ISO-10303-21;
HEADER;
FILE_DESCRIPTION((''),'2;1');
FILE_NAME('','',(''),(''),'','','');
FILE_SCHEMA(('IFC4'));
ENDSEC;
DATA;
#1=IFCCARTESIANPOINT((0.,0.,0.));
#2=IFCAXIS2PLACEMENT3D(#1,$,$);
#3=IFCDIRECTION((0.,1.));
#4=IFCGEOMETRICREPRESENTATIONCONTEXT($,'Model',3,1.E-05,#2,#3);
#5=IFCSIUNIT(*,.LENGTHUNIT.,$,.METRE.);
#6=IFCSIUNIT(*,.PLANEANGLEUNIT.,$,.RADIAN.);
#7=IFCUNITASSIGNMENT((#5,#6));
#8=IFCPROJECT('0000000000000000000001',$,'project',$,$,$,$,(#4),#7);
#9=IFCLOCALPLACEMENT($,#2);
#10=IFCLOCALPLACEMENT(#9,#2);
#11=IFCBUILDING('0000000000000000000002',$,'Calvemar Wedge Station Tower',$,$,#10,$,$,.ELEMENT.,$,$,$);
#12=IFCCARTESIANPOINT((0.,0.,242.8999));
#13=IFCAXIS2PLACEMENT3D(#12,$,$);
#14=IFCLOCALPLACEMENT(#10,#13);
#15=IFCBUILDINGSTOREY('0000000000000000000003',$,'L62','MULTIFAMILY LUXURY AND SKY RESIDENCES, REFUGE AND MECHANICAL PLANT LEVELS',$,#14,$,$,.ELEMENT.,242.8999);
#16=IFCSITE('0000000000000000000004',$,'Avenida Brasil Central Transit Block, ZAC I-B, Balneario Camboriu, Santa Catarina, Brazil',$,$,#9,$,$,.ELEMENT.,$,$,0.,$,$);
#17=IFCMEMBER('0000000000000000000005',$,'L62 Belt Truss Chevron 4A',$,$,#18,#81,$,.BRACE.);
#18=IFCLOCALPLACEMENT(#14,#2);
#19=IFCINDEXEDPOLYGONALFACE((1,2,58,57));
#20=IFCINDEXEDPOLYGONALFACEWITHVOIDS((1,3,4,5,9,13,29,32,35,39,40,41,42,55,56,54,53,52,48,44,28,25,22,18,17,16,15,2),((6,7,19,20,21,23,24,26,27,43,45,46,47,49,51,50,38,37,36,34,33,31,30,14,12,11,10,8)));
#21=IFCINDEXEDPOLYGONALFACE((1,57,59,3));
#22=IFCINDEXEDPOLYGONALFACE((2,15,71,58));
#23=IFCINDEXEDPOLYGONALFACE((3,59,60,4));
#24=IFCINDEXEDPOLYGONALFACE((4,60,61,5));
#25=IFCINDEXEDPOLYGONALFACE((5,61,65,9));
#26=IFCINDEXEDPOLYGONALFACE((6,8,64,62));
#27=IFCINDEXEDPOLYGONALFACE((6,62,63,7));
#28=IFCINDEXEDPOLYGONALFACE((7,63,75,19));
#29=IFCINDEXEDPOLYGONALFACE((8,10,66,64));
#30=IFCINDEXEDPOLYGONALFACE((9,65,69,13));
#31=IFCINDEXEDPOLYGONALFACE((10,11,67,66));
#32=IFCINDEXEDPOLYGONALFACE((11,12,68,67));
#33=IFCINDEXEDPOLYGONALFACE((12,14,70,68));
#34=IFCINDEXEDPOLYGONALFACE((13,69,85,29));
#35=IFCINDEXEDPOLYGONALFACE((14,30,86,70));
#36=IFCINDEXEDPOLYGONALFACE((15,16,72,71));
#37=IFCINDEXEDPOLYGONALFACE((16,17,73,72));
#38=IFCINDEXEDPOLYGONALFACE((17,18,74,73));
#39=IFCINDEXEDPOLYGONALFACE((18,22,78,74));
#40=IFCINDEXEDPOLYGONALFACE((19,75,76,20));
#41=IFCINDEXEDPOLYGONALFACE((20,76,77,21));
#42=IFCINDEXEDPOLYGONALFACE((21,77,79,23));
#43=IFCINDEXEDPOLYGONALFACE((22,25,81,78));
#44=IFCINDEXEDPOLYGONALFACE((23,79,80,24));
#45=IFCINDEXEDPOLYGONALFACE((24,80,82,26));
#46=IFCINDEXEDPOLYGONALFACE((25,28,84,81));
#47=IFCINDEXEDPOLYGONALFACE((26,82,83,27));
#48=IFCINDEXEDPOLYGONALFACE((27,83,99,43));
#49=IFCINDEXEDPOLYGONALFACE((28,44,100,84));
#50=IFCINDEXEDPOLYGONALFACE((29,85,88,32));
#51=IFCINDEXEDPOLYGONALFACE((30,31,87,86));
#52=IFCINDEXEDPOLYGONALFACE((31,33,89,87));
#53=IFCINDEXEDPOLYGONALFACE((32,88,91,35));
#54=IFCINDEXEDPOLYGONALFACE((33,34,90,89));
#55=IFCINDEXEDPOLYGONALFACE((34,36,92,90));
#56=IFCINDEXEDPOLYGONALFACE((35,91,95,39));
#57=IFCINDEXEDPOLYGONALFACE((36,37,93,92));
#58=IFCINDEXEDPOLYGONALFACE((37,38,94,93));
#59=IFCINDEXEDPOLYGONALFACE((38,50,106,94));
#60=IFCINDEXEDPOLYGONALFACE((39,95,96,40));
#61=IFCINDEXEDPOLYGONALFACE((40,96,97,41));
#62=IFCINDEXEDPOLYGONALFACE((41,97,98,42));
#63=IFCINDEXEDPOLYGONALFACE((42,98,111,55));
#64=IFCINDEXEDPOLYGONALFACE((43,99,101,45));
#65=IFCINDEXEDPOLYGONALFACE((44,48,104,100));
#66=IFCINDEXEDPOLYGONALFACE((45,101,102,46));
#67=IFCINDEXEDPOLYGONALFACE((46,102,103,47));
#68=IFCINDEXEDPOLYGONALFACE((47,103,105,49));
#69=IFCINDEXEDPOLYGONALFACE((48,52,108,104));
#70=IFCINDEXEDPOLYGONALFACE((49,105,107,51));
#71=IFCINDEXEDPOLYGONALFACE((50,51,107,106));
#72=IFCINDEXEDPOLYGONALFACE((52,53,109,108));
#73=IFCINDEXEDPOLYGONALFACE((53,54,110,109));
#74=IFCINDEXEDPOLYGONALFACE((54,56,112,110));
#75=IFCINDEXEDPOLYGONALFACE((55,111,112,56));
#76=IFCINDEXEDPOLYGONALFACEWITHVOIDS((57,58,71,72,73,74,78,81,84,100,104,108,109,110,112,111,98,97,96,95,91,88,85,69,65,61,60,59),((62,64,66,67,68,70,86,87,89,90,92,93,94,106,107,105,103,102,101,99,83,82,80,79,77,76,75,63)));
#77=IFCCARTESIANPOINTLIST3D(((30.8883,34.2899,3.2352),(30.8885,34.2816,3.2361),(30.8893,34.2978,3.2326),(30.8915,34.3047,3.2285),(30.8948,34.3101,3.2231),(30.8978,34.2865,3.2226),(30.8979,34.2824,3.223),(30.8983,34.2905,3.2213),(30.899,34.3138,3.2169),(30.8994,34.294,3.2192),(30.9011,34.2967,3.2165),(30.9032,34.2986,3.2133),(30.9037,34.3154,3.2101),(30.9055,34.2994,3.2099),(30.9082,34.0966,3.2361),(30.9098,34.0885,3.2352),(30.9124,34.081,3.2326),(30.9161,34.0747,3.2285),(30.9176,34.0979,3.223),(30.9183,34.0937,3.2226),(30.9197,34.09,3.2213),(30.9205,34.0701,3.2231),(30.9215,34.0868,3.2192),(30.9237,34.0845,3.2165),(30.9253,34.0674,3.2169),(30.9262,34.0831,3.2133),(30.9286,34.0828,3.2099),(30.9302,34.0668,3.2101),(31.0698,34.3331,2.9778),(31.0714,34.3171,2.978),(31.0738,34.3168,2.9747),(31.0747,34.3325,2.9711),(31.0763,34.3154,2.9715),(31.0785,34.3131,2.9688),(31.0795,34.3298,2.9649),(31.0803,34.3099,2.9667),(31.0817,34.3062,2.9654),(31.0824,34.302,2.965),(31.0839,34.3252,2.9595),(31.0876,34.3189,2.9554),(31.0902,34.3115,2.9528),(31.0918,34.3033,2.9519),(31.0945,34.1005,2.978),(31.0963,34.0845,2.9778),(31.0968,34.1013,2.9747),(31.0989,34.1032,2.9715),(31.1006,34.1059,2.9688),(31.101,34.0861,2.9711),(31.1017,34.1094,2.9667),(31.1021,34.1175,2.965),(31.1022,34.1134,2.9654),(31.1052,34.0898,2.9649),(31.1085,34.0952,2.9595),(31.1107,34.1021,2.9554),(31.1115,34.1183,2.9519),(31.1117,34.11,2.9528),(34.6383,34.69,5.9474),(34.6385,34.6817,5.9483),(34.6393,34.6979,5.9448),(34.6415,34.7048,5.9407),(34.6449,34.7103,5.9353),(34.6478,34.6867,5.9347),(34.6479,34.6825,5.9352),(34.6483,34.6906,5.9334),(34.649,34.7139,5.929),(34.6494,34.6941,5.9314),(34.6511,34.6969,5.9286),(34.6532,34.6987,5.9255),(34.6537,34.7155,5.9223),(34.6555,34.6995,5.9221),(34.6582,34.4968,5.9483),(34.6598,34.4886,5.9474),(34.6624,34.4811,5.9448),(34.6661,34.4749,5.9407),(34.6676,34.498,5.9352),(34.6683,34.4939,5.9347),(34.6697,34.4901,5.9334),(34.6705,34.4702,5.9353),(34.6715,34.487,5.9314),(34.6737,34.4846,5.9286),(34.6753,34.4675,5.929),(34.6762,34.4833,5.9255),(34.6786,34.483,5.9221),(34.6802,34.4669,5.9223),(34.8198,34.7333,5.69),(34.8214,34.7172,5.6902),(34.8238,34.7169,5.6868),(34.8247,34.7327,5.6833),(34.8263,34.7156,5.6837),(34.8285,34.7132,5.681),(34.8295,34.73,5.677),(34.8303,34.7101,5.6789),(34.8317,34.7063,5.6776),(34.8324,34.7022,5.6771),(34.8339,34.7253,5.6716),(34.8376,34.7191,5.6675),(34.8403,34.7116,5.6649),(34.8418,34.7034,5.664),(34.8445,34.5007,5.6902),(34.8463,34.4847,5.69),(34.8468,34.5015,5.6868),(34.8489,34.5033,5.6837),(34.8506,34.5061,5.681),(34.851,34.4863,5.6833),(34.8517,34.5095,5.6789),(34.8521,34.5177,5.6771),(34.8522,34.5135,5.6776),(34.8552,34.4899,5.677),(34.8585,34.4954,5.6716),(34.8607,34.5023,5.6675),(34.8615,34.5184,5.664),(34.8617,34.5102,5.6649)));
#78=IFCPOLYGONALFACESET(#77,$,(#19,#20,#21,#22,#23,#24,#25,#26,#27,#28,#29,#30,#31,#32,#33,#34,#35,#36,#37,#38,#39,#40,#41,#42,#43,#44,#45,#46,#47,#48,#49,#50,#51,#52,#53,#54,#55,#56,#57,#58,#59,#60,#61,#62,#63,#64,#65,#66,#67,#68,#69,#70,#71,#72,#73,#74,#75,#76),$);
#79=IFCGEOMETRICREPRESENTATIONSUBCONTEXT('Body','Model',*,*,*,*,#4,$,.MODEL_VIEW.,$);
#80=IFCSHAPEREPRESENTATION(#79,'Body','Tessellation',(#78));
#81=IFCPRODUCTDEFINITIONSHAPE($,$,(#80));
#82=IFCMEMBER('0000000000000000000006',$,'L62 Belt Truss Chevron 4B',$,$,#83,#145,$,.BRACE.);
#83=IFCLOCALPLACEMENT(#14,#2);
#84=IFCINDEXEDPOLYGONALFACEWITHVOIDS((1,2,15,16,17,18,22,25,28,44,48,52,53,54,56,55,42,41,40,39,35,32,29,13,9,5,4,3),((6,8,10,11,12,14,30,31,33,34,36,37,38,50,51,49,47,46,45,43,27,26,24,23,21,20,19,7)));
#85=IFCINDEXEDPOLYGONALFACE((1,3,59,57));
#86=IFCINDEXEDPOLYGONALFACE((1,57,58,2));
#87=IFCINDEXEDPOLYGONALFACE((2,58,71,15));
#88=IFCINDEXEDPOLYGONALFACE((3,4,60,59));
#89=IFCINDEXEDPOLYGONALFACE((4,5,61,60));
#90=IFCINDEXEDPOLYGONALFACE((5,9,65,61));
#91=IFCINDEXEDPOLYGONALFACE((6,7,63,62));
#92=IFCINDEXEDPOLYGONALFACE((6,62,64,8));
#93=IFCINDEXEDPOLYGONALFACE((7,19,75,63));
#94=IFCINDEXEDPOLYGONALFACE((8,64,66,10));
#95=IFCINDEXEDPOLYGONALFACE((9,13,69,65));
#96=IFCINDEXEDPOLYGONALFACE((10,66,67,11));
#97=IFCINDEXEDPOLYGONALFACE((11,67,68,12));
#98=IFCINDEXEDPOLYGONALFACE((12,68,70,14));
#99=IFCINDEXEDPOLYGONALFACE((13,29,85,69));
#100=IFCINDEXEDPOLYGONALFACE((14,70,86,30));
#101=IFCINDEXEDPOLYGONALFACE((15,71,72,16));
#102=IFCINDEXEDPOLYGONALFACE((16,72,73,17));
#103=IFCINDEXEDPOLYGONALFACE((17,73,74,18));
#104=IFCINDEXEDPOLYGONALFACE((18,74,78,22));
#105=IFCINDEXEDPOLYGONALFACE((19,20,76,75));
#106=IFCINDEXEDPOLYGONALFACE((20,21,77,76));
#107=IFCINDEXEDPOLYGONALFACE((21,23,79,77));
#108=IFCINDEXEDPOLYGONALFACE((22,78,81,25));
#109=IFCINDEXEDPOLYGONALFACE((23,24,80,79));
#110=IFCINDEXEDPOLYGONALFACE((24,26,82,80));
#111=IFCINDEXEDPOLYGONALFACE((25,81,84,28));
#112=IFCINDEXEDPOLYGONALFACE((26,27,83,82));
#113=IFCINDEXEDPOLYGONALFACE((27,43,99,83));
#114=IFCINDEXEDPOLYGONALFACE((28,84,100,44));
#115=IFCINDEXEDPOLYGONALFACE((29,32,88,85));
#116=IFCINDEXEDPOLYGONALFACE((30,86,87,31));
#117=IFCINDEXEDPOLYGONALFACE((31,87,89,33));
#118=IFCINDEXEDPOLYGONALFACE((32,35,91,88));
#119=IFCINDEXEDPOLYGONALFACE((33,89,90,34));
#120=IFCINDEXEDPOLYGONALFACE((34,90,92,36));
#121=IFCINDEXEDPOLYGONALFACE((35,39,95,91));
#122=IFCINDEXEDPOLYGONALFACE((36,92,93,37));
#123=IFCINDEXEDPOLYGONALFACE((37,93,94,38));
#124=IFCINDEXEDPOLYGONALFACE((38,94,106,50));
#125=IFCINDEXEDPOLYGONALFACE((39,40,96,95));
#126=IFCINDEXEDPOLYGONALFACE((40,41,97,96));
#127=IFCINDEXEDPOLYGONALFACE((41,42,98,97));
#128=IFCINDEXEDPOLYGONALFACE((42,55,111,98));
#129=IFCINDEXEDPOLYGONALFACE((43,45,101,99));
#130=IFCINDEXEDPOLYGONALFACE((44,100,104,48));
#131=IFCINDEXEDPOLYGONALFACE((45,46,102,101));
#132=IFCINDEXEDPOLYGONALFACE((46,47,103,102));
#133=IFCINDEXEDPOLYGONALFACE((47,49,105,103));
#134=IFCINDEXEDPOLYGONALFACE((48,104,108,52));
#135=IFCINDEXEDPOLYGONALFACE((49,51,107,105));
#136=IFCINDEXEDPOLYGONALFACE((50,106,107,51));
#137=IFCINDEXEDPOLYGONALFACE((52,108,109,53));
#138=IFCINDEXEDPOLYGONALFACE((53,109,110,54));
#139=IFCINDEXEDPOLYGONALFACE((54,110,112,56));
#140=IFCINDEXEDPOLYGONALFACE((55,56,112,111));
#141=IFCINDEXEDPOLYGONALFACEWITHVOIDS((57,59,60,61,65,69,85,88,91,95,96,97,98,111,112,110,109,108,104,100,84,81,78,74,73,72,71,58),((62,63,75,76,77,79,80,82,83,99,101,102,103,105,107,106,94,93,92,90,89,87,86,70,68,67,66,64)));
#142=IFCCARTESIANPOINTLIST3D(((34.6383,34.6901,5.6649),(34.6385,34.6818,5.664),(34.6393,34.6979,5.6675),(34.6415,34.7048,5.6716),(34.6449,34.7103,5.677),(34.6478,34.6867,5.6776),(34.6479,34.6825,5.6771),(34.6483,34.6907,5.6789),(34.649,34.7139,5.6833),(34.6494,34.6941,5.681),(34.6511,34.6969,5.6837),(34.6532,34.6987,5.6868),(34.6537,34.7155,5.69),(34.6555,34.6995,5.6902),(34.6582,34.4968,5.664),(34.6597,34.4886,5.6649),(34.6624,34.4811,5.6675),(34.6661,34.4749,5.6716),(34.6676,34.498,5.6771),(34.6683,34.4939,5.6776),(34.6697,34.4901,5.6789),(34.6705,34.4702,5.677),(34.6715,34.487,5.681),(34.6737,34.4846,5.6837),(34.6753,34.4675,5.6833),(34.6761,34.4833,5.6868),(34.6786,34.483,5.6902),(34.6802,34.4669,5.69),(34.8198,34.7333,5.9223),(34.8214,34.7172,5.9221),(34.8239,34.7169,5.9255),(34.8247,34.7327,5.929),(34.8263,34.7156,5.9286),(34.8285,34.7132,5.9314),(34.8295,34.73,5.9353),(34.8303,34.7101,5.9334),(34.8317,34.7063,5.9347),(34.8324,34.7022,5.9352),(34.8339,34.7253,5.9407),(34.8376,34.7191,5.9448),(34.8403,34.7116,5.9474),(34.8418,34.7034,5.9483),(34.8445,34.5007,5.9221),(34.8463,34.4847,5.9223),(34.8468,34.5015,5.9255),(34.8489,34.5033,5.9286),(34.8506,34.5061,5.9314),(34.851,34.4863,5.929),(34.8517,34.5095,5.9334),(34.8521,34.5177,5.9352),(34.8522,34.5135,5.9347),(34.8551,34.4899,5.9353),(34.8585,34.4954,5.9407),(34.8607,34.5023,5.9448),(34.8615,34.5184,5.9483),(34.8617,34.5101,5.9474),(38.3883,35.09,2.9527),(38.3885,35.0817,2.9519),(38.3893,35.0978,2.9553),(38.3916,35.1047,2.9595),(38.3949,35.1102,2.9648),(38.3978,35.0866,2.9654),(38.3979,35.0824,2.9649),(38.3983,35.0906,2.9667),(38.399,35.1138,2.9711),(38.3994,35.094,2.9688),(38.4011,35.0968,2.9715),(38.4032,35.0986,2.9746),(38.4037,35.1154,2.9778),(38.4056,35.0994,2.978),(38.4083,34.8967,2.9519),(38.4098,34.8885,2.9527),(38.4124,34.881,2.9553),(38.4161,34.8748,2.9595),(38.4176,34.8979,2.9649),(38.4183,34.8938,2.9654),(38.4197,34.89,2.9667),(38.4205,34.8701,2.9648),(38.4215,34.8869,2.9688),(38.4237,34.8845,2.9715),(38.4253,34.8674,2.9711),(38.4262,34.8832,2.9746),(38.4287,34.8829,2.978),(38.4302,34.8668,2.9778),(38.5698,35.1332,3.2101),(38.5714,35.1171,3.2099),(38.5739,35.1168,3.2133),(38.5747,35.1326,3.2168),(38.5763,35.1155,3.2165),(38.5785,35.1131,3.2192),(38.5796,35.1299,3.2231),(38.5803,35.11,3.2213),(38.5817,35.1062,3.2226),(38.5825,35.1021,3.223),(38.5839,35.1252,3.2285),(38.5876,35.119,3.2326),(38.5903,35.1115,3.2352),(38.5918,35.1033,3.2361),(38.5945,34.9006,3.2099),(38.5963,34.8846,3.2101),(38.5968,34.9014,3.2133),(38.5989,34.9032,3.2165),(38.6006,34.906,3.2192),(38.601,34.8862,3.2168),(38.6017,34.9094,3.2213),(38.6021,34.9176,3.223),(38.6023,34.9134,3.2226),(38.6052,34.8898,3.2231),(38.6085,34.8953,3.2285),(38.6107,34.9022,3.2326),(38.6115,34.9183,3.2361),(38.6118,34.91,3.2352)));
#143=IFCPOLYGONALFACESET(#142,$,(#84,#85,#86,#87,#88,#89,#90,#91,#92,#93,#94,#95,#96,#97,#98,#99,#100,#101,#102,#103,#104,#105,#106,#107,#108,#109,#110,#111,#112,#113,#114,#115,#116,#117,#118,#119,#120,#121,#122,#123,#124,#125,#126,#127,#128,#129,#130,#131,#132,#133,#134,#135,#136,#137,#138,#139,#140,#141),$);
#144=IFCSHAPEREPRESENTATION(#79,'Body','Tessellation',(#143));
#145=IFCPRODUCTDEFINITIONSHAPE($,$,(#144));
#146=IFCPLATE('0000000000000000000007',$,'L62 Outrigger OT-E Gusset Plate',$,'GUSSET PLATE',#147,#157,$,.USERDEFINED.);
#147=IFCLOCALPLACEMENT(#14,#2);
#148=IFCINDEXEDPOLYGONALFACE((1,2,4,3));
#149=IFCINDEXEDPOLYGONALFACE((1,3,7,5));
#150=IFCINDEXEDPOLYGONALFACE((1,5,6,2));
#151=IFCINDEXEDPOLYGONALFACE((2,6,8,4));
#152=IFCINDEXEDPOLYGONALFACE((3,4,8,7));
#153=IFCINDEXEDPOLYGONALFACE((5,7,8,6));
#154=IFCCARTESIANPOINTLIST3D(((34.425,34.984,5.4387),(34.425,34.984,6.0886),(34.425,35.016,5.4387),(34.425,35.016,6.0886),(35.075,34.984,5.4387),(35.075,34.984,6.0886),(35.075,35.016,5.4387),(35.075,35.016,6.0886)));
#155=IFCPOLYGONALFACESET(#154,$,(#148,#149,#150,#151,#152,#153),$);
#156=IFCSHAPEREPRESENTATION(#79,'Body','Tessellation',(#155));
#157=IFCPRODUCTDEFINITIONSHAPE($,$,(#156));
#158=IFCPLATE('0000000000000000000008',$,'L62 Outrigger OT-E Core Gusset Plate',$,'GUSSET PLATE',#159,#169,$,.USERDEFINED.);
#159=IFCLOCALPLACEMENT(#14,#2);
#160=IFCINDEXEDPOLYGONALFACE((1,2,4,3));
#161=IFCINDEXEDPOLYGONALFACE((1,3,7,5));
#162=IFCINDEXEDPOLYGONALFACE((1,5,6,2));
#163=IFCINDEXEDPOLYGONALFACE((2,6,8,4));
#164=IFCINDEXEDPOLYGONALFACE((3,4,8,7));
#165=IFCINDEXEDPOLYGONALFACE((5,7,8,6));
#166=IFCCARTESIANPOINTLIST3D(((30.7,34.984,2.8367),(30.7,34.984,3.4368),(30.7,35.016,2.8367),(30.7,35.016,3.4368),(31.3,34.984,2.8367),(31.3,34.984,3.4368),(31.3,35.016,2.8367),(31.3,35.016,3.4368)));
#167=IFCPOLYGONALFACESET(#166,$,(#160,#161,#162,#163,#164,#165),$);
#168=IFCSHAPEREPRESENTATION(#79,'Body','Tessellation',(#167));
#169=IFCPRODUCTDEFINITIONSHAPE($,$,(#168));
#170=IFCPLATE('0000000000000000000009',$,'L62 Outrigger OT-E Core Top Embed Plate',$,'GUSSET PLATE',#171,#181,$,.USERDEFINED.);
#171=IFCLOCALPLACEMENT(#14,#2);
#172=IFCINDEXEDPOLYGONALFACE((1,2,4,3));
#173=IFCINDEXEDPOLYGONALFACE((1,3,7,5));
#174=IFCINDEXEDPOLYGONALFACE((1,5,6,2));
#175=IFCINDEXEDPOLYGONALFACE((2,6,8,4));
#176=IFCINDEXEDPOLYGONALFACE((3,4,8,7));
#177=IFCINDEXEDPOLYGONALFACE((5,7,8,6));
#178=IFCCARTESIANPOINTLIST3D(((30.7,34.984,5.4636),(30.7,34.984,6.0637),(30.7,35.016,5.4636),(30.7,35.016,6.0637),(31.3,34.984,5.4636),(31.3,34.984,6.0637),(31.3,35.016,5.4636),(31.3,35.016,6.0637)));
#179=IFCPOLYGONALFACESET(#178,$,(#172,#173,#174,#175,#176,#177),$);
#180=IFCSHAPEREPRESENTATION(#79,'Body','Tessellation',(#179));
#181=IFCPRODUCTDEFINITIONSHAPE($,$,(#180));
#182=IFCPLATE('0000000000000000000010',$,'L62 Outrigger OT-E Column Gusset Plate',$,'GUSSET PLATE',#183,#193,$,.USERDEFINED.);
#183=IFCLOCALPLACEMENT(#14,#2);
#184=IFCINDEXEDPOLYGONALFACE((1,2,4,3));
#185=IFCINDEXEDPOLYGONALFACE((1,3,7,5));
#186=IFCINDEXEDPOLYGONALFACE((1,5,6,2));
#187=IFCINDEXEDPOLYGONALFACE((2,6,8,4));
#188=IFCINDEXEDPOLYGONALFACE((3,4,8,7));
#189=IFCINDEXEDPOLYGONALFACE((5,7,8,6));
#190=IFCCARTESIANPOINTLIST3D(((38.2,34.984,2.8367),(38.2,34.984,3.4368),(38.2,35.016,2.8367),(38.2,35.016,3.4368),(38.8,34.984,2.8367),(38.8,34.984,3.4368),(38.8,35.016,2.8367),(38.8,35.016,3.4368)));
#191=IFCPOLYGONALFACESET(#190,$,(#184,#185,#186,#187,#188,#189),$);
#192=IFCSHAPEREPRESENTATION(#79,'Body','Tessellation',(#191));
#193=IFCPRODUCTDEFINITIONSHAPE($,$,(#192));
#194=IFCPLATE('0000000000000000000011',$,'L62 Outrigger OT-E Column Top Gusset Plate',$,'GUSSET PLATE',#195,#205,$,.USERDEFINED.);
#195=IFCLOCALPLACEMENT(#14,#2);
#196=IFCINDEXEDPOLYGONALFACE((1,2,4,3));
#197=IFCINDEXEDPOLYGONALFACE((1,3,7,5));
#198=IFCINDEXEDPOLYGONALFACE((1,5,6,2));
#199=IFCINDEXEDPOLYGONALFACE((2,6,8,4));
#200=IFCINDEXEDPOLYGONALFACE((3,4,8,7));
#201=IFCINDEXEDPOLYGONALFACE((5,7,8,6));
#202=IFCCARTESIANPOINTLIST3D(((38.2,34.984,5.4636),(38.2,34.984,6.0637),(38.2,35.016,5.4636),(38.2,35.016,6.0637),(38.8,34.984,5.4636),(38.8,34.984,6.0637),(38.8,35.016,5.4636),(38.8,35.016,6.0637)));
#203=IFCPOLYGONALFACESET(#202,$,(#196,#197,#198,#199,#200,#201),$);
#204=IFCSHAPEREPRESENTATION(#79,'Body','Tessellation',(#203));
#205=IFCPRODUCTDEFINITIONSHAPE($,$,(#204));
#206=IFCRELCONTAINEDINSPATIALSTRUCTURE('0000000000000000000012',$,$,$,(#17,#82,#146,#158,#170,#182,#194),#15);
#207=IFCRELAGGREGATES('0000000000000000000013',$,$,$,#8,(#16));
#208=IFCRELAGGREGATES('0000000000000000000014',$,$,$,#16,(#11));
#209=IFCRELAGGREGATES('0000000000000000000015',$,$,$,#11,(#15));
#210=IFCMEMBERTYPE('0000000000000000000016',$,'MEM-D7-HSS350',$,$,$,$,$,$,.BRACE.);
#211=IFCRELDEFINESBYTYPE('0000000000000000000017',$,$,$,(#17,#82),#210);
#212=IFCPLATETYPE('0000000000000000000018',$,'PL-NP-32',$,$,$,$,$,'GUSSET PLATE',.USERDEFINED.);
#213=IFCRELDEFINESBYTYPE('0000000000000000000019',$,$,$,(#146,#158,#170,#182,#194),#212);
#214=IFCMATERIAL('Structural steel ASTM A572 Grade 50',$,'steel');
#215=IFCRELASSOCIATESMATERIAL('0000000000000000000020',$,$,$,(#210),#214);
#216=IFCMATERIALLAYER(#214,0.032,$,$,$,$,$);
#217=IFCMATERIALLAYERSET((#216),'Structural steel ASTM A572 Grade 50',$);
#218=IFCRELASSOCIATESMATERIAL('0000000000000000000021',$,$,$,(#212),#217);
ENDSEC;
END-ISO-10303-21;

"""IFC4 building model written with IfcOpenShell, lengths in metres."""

from ifc_helpers import new_model, si_unit, direction, frame, origin, origin_2d, place, context, subcontext, project, spatial, rectangle, hollow_rectangle, extrude, source, transform, mapped, material, layer, layer_set, material_profile, profile_set, type_object, element, save


model = new_model("IFC4")

# Units and contexts
model_context = context("Model", 3, precision=1e-05, world=origin(), true_north=direction((0.0, 1.0)))
body_context = subcontext(model_context, "Body", "Model", "MODEL_VIEW")
ifc_project = project(units=[si_unit("LENGTHUNIT", "METRE"), si_unit("PLANEANGLEUNIT", "RADIAN")], contexts=[model_context])

# Site, building, storey
site_placement = place(None, origin())
site = spatial("IfcSite", under=ifc_project, at=site_placement, Name="Avenida Brasil Central Transit Block, ZAC I-B, Balneario Camboriu, Santa Catarina, Brazil", CompositionType="ELEMENT", RefElevation=0.0)
building_placement = place(site_placement, origin())
building = spatial("IfcBuilding", under=site, at=building_placement, Name="Calvemar Wedge Station Tower", CompositionType="ELEMENT")
storey_placement = place(building_placement, frame((0.0, 0.0, 242.8999)))
storey = spatial("IfcBuildingStorey", under=building, at=storey_placement, Name="L62", Description="MULTIFAMILY LUXURY AND SKY RESIDENCES, REFUGE AND MECHANICAL PLANT LEVELS", CompositionType="ELEMENT", Elevation=242.8999)

# Shared definitions
ifc_material_1 = material(Name="Structural steel ASTM A572 Grade 50", Category="steel")

# Members
ifc_material_profile_1 = material_profile(ifc_material_1, hollow_rectangle(XDim=0.25, YDim=0.3501, WallThickness=0.0161, InnerFilletRadius=0.0161, OuterFilletRadius=0.032, at=origin_2d()), Name="HSS350x250x16")
ifc_profile_set_1 = profile_set([ifc_material_profile_1], Name="Structural steel ASTM A572 Grade 50")
member_type_1 = type_object("IfcMemberType", Name="MEM-D7-HSS350", PredefinedType="BRACE", material=ifc_profile_set_1)
shared_shape_1 = source(origin(), body_context, "Body", "SweptSolid", [
    extrude(hollow_rectangle(XDim=0.25, YDim=0.3501, WallThickness=0.0161, InnerFilletRadius=0.0161, OuterFilletRadius=0.032, at=origin_2d()), origin(), (0.0, 0.0, 1.0), 4.6453),
])
for number, where, z_axis, x_axis, name in (
    (1, (31.0, 34.2, 3.094), (0.807275, 0.086141, 0.583855), (-0.106103, 0.994355, 0.0), "L62 Belt Truss Chevron 4A"),
    (2, (34.75, 34.6001, 5.8062), (0.807279, 0.086089, -0.583858), (-0.106039, 0.994362, 0.0), "L62 Belt Truss Chevron 4B"),
):
    element("IfcMember", number, at=place(storey_placement, frame(where, z_axis=z_axis, x_axis=x_axis)), inside=storey, type_object=member_type_1, Name=name, PredefinedType="BRACE", context=body_context, shape_type="MappedRepresentation", body=[
        mapped(shared_shape_1, transform((0.0, 0.0, 0.0), scale=1.0)),
    ])

# Plates
ifc_layer_1 = layer(ifc_material_1, 0.032)
ifc_layer_set_1 = layer_set([ifc_layer_1], Name="Structural steel ASTM A572 Grade 50")
plate_type_1 = type_object("IfcPlateType", Name="PL-NP-32", ElementType="GUSSET PLATE", PredefinedType="USERDEFINED", material=ifc_layer_set_1)
shared_shape_2 = source(origin(), body_context, "Body", "SweptSolid", [
    extrude(rectangle(XDim=0.6499, YDim=0.032, at=origin_2d()), origin(), (0.0, 0.0, 1.0), 0.6499),
])
plate_1_placement = place(storey_placement, frame((34.75, 35.0, 5.4387), z_axis=(0.0, 0.0, 1.0), x_axis=(1.0, 0.0, 0.0)))
element("IfcPlate", 3, at=plate_1_placement, inside=storey, type_object=plate_type_1, Name="L62 Outrigger OT-E Gusset Plate", ObjectType="GUSSET PLATE", PredefinedType="USERDEFINED", context=body_context, shape_type="MappedRepresentation", body=[
    mapped(shared_shape_2, transform((0.0, 0.0, 0.0), scale=1.0)),
])
shared_shape_3 = source(origin(), body_context, "Body", "SweptSolid", [
    extrude(rectangle(XDim=0.6001, YDim=0.032, at=origin_2d()), origin(), (0.0, 0.0, 1.0), 0.6001),
])
for number, where, z_axis, x_axis, name in (
    (4, (31.0, 35.0, 2.8367), (0.0, 0.0, 1.0), (1.0, 0.0, 0.0), "L62 Outrigger OT-E Core Gusset Plate"),
    (5, (31.0, 35.0, 5.4636), (0.0, 0.0, 1.0), (1.0, 0.0, 0.0), "L62 Outrigger OT-E Core Top Embed Plate"),
    (6, (38.5, 35.0, 2.8367), (0.0, 0.0, 1.0), (1.0, 0.0, 0.0), "L62 Outrigger OT-E Column Gusset Plate"),
    (7, (38.5, 35.0, 5.4636), (0.0, 0.0, 1.0), (1.0, 0.0, 0.0), "L62 Outrigger OT-E Column Top Gusset Plate"),
):
    element("IfcPlate", number, at=place(storey_placement, frame(where, z_axis=z_axis, x_axis=x_axis)), inside=storey, type_object=plate_type_1, Name=name, ObjectType="GUSSET PLATE", PredefinedType="USERDEFINED", context=body_context, shape_type="MappedRepresentation", body=[
        mapped(shared_shape_3, transform((0.0, 0.0, 0.0), scale=1.0)),
    ])

save(model, "model.ifc")
